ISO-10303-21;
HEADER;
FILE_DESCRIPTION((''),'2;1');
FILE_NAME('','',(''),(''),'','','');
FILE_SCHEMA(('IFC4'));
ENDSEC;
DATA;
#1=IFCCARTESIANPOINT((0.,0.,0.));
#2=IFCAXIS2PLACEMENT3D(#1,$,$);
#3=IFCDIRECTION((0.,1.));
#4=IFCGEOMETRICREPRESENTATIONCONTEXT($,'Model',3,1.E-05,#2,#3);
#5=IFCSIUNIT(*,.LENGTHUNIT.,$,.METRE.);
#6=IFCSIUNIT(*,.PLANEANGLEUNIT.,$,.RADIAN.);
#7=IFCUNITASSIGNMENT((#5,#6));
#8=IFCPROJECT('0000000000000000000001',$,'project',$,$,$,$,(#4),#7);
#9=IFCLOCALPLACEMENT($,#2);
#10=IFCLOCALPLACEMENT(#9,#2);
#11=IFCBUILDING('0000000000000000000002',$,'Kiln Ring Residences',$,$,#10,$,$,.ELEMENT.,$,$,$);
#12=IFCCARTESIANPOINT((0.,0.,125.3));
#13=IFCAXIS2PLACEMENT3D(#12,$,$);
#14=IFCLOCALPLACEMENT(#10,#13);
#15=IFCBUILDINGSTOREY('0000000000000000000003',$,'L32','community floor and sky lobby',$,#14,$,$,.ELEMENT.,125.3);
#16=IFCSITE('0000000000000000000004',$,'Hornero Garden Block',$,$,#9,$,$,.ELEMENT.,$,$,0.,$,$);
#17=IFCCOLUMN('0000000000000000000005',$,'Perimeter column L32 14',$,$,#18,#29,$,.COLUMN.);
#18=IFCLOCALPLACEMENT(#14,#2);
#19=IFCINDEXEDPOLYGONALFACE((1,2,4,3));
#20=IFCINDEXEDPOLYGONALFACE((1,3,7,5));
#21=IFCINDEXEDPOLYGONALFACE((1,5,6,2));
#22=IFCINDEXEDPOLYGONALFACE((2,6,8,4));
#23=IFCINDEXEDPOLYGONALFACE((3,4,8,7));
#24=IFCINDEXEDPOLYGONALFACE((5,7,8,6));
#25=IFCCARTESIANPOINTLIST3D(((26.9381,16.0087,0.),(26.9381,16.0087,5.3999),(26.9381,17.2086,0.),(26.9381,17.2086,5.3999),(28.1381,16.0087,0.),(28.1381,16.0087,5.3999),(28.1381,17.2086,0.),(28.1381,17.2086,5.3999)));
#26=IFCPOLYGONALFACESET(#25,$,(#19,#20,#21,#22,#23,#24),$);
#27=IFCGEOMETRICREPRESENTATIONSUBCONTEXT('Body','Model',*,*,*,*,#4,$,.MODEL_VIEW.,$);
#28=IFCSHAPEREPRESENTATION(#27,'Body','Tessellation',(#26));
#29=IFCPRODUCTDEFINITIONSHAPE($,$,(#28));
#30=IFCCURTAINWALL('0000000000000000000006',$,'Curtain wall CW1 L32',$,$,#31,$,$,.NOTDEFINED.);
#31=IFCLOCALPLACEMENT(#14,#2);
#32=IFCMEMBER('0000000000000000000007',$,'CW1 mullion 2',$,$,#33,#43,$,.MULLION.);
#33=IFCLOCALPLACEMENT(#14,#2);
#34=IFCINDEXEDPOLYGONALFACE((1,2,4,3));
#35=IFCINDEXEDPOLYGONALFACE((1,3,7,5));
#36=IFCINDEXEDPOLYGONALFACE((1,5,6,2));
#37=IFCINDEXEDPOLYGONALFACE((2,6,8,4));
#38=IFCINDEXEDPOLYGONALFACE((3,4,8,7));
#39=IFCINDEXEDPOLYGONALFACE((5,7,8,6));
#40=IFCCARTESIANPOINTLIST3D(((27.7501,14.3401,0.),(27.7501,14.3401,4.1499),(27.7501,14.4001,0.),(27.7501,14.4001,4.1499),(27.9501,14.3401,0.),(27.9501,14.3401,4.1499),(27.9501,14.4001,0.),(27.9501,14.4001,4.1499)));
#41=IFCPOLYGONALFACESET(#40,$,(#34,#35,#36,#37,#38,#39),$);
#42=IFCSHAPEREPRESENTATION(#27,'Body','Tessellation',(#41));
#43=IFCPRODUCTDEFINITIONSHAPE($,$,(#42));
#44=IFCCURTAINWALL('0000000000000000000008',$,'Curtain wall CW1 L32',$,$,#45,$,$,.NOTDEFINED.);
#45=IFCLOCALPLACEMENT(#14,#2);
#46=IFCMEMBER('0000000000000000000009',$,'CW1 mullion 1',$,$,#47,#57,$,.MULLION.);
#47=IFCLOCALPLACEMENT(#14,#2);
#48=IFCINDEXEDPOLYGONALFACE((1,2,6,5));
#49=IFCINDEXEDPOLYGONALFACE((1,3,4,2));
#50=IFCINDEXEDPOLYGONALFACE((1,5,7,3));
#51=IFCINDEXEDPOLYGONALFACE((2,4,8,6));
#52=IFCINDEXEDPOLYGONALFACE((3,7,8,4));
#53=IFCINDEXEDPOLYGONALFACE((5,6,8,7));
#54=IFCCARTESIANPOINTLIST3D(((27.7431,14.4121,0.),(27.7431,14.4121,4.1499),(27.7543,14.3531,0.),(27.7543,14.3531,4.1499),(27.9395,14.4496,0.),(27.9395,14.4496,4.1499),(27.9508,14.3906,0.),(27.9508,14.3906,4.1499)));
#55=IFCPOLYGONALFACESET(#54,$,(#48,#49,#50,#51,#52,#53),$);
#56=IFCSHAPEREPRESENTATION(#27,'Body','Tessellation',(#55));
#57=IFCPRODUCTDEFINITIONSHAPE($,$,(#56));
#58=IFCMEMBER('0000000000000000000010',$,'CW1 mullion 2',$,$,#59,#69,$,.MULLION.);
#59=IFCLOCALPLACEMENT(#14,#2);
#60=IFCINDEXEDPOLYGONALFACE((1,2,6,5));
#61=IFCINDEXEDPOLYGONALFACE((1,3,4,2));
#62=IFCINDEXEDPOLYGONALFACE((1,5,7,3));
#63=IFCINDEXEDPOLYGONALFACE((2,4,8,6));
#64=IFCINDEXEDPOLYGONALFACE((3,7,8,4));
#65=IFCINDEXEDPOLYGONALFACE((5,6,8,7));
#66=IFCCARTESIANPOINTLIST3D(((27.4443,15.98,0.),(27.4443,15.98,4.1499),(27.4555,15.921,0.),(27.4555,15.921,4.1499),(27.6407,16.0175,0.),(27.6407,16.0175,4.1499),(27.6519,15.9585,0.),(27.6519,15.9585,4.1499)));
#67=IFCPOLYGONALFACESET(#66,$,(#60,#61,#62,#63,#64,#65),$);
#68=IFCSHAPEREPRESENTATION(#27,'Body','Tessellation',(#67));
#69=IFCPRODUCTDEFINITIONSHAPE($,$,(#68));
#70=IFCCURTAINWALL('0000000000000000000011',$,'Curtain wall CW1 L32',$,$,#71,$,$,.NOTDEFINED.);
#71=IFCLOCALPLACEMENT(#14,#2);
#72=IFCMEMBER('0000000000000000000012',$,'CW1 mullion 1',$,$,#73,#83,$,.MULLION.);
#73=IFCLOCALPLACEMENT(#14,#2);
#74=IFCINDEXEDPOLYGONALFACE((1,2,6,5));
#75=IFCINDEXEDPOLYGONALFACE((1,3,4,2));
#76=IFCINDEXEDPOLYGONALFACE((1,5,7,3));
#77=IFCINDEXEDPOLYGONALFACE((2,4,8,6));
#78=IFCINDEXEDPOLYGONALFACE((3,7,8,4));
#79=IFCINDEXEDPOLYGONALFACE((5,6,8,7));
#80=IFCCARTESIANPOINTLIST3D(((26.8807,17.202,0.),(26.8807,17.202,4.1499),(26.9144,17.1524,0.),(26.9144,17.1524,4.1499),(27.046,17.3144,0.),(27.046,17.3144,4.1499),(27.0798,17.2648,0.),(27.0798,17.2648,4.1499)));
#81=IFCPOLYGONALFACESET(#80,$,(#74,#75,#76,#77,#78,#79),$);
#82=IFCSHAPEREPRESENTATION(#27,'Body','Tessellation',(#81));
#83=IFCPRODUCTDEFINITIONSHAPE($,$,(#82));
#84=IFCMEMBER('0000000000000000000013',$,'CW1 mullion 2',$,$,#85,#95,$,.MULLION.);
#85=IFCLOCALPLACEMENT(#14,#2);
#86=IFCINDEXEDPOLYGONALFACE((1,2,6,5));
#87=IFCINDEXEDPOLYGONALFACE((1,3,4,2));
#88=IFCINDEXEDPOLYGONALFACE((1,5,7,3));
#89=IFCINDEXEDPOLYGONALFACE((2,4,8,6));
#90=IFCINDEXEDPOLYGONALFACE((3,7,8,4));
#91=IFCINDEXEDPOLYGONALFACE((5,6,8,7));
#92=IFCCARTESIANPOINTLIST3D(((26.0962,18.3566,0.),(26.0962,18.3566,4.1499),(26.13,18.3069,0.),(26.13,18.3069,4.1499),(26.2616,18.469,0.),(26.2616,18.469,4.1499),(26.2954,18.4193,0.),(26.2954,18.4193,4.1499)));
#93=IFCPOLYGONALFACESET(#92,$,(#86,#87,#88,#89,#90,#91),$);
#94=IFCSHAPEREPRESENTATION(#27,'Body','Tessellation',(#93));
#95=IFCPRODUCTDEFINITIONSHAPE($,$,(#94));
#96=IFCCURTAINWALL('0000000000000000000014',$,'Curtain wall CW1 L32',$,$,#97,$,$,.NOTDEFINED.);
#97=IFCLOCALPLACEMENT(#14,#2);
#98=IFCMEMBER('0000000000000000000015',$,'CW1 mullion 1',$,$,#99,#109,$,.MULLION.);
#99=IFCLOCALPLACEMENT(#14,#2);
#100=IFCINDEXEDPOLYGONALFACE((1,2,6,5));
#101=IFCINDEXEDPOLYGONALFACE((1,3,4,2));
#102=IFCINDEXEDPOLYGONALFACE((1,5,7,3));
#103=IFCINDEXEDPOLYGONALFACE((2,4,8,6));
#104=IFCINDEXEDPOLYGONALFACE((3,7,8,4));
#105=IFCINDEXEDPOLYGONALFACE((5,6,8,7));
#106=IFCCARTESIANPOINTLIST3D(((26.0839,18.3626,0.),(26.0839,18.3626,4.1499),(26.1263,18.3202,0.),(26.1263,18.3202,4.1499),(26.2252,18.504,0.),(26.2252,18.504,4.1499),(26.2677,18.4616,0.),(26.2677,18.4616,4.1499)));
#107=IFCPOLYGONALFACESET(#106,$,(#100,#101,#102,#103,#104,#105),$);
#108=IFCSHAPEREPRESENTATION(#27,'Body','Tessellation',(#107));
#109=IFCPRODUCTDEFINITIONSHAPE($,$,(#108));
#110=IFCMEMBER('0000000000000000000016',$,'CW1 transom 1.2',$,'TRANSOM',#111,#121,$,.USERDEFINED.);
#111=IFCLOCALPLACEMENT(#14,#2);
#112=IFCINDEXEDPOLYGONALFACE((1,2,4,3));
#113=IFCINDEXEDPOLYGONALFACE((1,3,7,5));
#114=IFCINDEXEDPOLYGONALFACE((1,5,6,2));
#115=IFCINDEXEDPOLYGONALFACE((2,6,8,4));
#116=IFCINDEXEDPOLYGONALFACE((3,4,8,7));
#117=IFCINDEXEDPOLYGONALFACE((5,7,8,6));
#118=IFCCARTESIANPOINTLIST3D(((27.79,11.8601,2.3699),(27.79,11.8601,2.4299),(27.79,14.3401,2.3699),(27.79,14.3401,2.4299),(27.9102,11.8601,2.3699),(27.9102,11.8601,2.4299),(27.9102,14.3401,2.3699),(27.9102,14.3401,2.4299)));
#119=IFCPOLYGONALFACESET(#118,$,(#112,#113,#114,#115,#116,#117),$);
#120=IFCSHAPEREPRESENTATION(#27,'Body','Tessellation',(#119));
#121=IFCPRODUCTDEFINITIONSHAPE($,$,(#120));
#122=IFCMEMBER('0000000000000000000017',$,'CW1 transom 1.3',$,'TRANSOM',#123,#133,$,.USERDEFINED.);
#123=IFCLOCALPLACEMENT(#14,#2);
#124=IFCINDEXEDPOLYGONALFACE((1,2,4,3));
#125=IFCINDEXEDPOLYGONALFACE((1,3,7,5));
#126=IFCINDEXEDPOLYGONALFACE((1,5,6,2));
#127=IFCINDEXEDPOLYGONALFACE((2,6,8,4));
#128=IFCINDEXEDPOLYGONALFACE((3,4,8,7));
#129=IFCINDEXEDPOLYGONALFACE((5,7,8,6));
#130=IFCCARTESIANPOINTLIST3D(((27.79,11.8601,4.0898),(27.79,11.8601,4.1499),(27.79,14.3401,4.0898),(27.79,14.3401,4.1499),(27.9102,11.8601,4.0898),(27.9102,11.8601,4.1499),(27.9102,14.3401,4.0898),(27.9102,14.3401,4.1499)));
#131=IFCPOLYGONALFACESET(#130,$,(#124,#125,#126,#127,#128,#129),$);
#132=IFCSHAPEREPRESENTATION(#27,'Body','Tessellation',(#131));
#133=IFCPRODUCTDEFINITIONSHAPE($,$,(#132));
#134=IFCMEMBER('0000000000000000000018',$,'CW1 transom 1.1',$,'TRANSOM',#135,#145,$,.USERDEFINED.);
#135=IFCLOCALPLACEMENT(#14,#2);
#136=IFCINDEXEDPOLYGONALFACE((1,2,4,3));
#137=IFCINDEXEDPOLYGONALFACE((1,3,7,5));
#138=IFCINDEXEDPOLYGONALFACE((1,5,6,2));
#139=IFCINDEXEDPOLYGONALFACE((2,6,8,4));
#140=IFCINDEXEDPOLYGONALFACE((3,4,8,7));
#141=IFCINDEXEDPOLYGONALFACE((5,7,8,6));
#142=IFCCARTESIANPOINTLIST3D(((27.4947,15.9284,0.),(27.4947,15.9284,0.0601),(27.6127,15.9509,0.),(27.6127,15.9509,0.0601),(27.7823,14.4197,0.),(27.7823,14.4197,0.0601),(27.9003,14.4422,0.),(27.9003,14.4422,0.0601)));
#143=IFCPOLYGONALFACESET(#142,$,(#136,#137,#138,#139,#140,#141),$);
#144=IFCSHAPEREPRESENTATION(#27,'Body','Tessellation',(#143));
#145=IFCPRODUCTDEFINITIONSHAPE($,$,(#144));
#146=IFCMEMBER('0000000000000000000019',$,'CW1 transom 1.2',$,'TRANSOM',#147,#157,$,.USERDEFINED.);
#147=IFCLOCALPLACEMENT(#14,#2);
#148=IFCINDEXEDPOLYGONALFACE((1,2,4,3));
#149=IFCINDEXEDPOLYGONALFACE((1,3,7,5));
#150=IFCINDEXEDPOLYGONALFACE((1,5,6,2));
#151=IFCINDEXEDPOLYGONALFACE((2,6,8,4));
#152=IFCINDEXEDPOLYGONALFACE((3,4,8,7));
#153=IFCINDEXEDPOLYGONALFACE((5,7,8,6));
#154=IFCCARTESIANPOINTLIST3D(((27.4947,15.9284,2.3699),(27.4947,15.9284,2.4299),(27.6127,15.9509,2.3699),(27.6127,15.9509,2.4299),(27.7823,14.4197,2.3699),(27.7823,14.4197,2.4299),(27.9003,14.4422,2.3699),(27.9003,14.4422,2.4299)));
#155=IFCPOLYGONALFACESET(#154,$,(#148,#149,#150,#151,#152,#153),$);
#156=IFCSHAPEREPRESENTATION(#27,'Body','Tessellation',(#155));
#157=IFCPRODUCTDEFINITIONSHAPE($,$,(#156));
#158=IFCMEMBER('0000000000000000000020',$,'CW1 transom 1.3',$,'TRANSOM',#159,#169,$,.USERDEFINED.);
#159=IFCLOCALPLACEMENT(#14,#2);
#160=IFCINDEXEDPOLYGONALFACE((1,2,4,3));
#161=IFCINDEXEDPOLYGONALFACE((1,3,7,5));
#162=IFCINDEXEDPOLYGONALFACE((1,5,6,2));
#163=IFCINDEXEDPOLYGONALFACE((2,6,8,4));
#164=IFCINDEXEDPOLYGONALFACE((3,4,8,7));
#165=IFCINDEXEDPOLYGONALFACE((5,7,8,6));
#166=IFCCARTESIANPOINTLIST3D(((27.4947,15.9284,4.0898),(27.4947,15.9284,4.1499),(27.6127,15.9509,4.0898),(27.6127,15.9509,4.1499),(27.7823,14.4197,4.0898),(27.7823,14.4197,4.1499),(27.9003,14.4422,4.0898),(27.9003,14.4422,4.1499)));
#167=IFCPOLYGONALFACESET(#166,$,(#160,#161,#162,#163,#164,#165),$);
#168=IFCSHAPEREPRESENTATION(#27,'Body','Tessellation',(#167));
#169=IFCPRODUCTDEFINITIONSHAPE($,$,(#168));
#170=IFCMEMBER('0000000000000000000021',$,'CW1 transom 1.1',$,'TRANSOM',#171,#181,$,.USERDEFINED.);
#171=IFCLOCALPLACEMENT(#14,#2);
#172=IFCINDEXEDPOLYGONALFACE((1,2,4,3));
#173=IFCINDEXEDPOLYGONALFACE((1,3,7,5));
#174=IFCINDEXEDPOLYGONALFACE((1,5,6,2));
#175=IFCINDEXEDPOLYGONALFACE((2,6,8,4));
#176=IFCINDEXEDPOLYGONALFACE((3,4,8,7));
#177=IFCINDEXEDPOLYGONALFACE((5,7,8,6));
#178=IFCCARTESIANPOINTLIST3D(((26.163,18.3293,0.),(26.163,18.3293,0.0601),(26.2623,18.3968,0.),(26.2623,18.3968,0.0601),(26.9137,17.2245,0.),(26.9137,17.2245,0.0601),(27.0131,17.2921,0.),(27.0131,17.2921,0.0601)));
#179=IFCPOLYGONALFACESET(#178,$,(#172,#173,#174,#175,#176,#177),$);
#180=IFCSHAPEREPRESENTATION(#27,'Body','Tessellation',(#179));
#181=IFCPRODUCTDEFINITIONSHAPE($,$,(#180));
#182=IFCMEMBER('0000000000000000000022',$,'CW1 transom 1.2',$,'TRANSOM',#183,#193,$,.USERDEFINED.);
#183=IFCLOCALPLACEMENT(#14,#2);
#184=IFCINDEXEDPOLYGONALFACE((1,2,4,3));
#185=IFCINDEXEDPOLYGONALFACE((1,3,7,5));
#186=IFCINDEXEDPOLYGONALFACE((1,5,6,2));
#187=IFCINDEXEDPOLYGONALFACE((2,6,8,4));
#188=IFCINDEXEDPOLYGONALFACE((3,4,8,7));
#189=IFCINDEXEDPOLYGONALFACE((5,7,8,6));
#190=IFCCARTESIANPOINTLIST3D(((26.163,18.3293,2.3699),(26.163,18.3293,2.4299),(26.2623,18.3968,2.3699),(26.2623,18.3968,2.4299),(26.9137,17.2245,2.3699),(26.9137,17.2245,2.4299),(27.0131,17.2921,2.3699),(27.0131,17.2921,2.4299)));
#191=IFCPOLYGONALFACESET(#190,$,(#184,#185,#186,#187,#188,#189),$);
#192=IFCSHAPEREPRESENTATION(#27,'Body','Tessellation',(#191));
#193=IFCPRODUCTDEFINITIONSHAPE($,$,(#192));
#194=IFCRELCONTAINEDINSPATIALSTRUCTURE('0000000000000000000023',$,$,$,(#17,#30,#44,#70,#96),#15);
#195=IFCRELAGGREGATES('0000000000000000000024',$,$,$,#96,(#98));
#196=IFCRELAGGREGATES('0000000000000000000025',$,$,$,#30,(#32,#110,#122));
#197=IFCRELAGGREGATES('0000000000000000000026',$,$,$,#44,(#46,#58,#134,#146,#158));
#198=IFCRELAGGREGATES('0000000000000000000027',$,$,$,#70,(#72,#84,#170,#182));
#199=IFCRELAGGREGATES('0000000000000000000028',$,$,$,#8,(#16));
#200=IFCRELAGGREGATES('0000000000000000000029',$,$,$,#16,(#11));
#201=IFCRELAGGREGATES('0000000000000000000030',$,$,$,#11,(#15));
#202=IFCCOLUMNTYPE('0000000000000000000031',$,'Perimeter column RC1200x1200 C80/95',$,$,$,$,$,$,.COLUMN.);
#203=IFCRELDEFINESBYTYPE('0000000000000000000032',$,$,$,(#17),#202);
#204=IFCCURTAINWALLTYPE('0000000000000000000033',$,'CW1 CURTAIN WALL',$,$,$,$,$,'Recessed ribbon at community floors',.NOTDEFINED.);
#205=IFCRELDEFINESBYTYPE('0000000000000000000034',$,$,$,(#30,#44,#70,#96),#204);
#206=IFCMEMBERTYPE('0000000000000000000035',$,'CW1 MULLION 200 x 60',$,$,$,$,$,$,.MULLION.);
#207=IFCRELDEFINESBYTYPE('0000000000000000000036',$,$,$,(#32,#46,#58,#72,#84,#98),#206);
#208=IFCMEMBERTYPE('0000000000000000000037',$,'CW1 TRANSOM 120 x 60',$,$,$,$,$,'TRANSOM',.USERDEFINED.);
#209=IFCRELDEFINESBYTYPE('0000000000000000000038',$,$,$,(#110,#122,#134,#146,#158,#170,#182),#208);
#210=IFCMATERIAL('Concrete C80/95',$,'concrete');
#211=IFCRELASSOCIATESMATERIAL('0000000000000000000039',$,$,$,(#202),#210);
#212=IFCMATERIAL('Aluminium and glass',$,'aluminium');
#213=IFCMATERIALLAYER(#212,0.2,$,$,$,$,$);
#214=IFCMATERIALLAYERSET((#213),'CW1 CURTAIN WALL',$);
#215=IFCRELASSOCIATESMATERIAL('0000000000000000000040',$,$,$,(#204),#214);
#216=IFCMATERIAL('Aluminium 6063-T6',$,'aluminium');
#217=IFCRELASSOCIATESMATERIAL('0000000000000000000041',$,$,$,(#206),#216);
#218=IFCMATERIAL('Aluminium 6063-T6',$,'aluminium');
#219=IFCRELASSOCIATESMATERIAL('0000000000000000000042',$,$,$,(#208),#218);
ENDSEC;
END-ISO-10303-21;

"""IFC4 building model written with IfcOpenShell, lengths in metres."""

from ifc_helpers import new_model, si_unit, direction, frame, origin, origin_2d, place, context, subcontext, project, spatial, rectangle, extrude, material, layer, layer_set, material_profile, profile_set, type_object, element, aggregate, save


model = new_model("IFC4")

# Units and contexts
model_context = context("Model", 3, precision=1e-05, world=origin(), true_north=direction((0.0, 1.0)))
body_context = subcontext(model_context, "Body", "Model", "MODEL_VIEW")
ifc_project = project(units=[si_unit("LENGTHUNIT", "METRE"), si_unit("PLANEANGLEUNIT", "RADIAN")], contexts=[model_context])

# Site, building, storey
site_placement = place(None, origin())
site = spatial("IfcSite", under=ifc_project, at=site_placement, Name="Hornero Garden Block", CompositionType="ELEMENT", RefElevation=0.0)
building_placement = place(site_placement, origin())
building = spatial("IfcBuilding", under=site, at=building_placement, Name="Kiln Ring Residences", CompositionType="ELEMENT")
storey_placement = place(building_placement, frame((0.0, 0.0, 125.3)))
storey = spatial("IfcBuildingStorey", under=building, at=storey_placement, Name="L32", Description="community floor and sky lobby", CompositionType="ELEMENT", Elevation=125.3)

# Column
ifc_material_1 = material(Name="Concrete C80/95", Category="concrete")
ifc_material_profile_1 = material_profile(ifc_material_1, rectangle(XDim=1.2, YDim=1.2, at=origin_2d()), Name="RC1200x1200")
ifc_profile_set_1 = profile_set([ifc_material_profile_1], Name="Concrete C80/95")
column_type = type_object("IfcColumnType", Name="Perimeter column RC1200x1200 C80/95", PredefinedType="COLUMN", material=ifc_profile_set_1)
column_placement = place(storey_placement, frame((27.5381, 16.6086, 0.0), z_axis=(0.0, 0.0, 1.0), x_axis=(1.0, 0.0, 0.0)))
element("IfcColumn", 1, at=column_placement, inside=storey, type_object=column_type, Name="Perimeter column L32 14", PredefinedType="COLUMN", context=body_context, shape_type="SweptSolid", body=[
    extrude(rectangle(XDim=1.2, YDim=1.2, at=origin_2d()), origin(), (0.0, 0.0, 1.0), 5.3999),
])

# Curtain wall, member
ifc_material_2 = material(Name="Aluminium and glass", Category="aluminium")
ifc_layer_1 = layer(ifc_material_2, 0.2)
ifc_layer_set_1 = layer_set([ifc_layer_1], Name="CW1 CURTAIN WALL")
curtain_wall_type = type_object("IfcCurtainWallType", Name="CW1 CURTAIN WALL", ElementType="Recessed ribbon at community floors", PredefinedType="NOTDEFINED", material=ifc_layer_set_1)
placement = place(storey_placement, origin())
curtain_wall_1 = element("IfcCurtainWall", 2, at=placement, inside=storey, type_object=curtain_wall_type, Name="Curtain wall CW1 L32", PredefinedType="NOTDEFINED")
ifc_material_3 = material(Name="Aluminium 6063-T6", Category="aluminium")
ifc_material_profile_2 = material_profile(ifc_material_3, rectangle(XDim=0.2, YDim=0.0601, at=origin_2d()), Name="AL 200x60")
ifc_profile_set_2 = profile_set([ifc_material_profile_2], Name="Aluminium 6063-T6")
member_type_1 = type_object("IfcMemberType", Name="CW1 MULLION 200 x 60", PredefinedType="MULLION", material=ifc_profile_set_2)
member_1_placement = place(storey_placement, frame((27.8501, 14.3701, 0.0), z_axis=(0.0, 0.0, 1.0), x_axis=(-1.0, 0.0, 0.0)))
member_1 = element("IfcMember", 3, at=member_1_placement, type_object=member_type_1, Name="CW1 mullion 2", PredefinedType="MULLION", context=body_context, shape_type="SweptSolid", body=[
    extrude(rectangle(XDim=0.2, YDim=0.0601, at=origin_2d()), origin(), (0.0, 0.0, 1.0), 4.1499),
])

# Curtain walls, members
curtain_wall_2 = element("IfcCurtainWall", 4, at=placement, inside=storey, type_object=curtain_wall_type, Name="Curtain wall CW1 L32", PredefinedType="NOTDEFINED")
member_2_placement = place(storey_placement, frame((27.8469, 14.4014, 0.0), z_axis=(0.0, 0.0, 1.0), x_axis=(-0.98229, -0.187366, 0.0)))
member_2 = element("IfcMember", 5, at=member_2_placement, type_object=member_type_1, Name="CW1 mullion 1", PredefinedType="MULLION", context=body_context, shape_type="SweptSolid", body=[
    extrude(rectangle(XDim=0.2, YDim=0.0601, at=origin_2d()), origin(), (0.0, 0.0, 1.0), 4.1499),
])
member_3_placement = place(storey_placement, frame((27.5481, 15.9692, 0.0), z_axis=(0.0, 0.0, 1.0), x_axis=(-0.98229, -0.187366, 0.0)))
member_3 = element("IfcMember", 6, at=member_3_placement, type_object=member_type_1, Name="CW1 mullion 2", PredefinedType="MULLION", context=body_context, shape_type="SweptSolid", body=[
    extrude(rectangle(XDim=0.2, YDim=0.0601, at=origin_2d()), origin(), (0.0, 0.0, 1.0), 4.1499),
])
curtain_wall_3 = element("IfcCurtainWall", 7, at=placement, inside=storey, type_object=curtain_wall_type, Name="Curtain wall CW1 L32", PredefinedType="NOTDEFINED")
member_4_placement = place(storey_placement, frame((26.9802, 17.2334, 0.0), z_axis=(0.0, 0.0, 1.0), x_axis=(-0.827072, -0.562097, 0.0)))
member_4 = element("IfcMember", 8, at=member_4_placement, type_object=member_type_1, Name="CW1 mullion 1", PredefinedType="MULLION", context=body_context, shape_type="SweptSolid", body=[
    extrude(rectangle(XDim=0.2, YDim=0.0601, at=origin_2d()), origin(), (0.0, 0.0, 1.0), 4.1499),
])
member_5_placement = place(storey_placement, frame((26.1958, 18.3879, 0.0), z_axis=(0.0, 0.0, 1.0), x_axis=(-0.827072, -0.562097, 0.0)))
member_5 = element("IfcMember", 9, at=member_5_placement, type_object=member_type_1, Name="CW1 mullion 2", PredefinedType="MULLION", context=body_context, shape_type="SweptSolid", body=[
    extrude(rectangle(XDim=0.2, YDim=0.0601, at=origin_2d()), origin(), (0.0, 0.0, 1.0), 4.1499),
])

# Curtain wall, member
curtain_wall_4 = element("IfcCurtainWall", 10, at=placement, inside=storey, type_object=curtain_wall_type, Name="Curtain wall CW1 L32", PredefinedType="NOTDEFINED")
member_6_placement = place(storey_placement, frame((26.1758, 18.4121, 0.0), z_axis=(0.0, 0.0, 1.0), x_axis=(-0.707107, -0.707107, 0.0)))
member_6 = element("IfcMember", 11, at=member_6_placement, type_object=member_type_1, Name="CW1 mullion 1", PredefinedType="MULLION", context=body_context, shape_type="SweptSolid", body=[
    extrude(rectangle(XDim=0.2, YDim=0.0601, at=origin_2d()), origin(), (0.0, 0.0, 1.0), 4.1499),
])
aggregate(curtain_wall_4, [member_6])

# Members
ifc_material_4 = material(Name="Aluminium 6063-T6", Category="aluminium")
ifc_material_profile_3 = material_profile(ifc_material_4, rectangle(XDim=0.1201, YDim=0.0601, at=origin_2d()), Name="AL 120x60")
ifc_profile_set_3 = profile_set([ifc_material_profile_3], Name="Aluminium 6063-T6")
member_type_2 = type_object("IfcMemberType", Name="CW1 TRANSOM 120 x 60", ElementType="TRANSOM", PredefinedType="USERDEFINED", material=ifc_profile_set_3)
member_7_placement = place(storey_placement, frame((27.8501, 11.8601, 2.3999), z_axis=(0.0, 1.0, 0.0), x_axis=(-1.0, 0.0, 0.0)))
member_7 = element("IfcMember", 12, at=member_7_placement, type_object=member_type_2, Name="CW1 transom 1.2", ObjectType="TRANSOM", PredefinedType="USERDEFINED", context=body_context, shape_type="SweptSolid", body=[
    extrude(rectangle(XDim=0.1201, YDim=0.0601, at=origin_2d()), origin(), (0.0, 0.0, 1.0), 2.48),
])
member_8_placement = place(storey_placement, frame((27.8501, 11.8601, 4.1199), z_axis=(0.0, 1.0, 0.0), x_axis=(-1.0, 0.0, 0.0)))
member_8 = element("IfcMember", 13, at=member_8_placement, type_object=member_type_2, Name="CW1 transom 1.3", ObjectType="TRANSOM", PredefinedType="USERDEFINED", context=body_context, shape_type="SweptSolid", body=[
    extrude(rectangle(XDim=0.1201, YDim=0.0601, at=origin_2d()), origin(), (0.0, 0.0, 1.0), 2.48),
])
member_9_placement = place(storey_placement, frame((27.8413, 14.4309, 0.03), z_axis=(-0.187244, 0.982314, 0.0), x_axis=(-0.982314, -0.187244, 0.0)))
member_9 = element("IfcMember", 14, at=member_9_placement, type_object=member_type_2, Name="CW1 transom 1.1", ObjectType="TRANSOM", PredefinedType="USERDEFINED", context=body_context, shape_type="SweptSolid", body=[
    extrude(rectangle(XDim=0.1201, YDim=0.0601, at=origin_2d()), origin(), (0.0, 0.0, 1.0), 1.5359),
])
member_10_placement = place(storey_placement, frame((27.8413, 14.4309, 2.3999), z_axis=(-0.187244, 0.982314, 0.0), x_axis=(-0.982314, -0.187244, 0.0)))
member_10 = element("IfcMember", 15, at=member_10_placement, type_object=member_type_2, Name="CW1 transom 1.2", ObjectType="TRANSOM", PredefinedType="USERDEFINED", context=body_context, shape_type="SweptSolid", body=[
    extrude(rectangle(XDim=0.1201, YDim=0.0601, at=origin_2d()), origin(), (0.0, 0.0, 1.0), 1.5359),
])
member_11_placement = place(storey_placement, frame((27.8413, 14.4309, 4.1199), z_axis=(-0.187244, 0.982314, 0.0), x_axis=(-0.982314, -0.187244, 0.0)))
member_11 = element("IfcMember", 16, at=member_11_placement, type_object=member_type_2, Name="CW1 transom 1.3", ObjectType="TRANSOM", PredefinedType="USERDEFINED", context=body_context, shape_type="SweptSolid", body=[
    extrude(rectangle(XDim=0.1201, YDim=0.0601, at=origin_2d()), origin(), (0.0, 0.0, 1.0), 1.5359),
])
member_12_placement = place(storey_placement, frame((26.9634, 17.2583, 0.03), z_axis=(-0.56206, 0.827096, 0.0), x_axis=(-0.827096, -0.56206, 0.0)))
member_12 = element("IfcMember", 17, at=member_12_placement, type_object=member_type_2, Name="CW1 transom 1.1", ObjectType="TRANSOM", PredefinedType="USERDEFINED", context=body_context, shape_type="SweptSolid", body=[
    extrude(rectangle(XDim=0.1201, YDim=0.0601, at=origin_2d()), origin(), (0.0, 0.0, 1.0), 1.3357),
])
member_13_placement = place(storey_placement, frame((26.9634, 17.2583, 2.3999), z_axis=(-0.56206, 0.827096, 0.0), x_axis=(-0.827096, -0.56206, 0.0)))
member_13 = element("IfcMember", 18, at=member_13_placement, type_object=member_type_2, Name="CW1 transom 1.2", ObjectType="TRANSOM", PredefinedType="USERDEFINED", context=body_context, shape_type="SweptSolid", body=[
    extrude(rectangle(XDim=0.1201, YDim=0.0601, at=origin_2d()), origin(), (0.0, 0.0, 1.0), 1.3357),
])

aggregate(curtain_wall_1, [member_1, member_7, member_8])
aggregate(curtain_wall_2, [member_2, member_3, member_9, member_10, member_11])
aggregate(curtain_wall_3, [member_4, member_5, member_12, member_13])

save(model, "model.ifc")
